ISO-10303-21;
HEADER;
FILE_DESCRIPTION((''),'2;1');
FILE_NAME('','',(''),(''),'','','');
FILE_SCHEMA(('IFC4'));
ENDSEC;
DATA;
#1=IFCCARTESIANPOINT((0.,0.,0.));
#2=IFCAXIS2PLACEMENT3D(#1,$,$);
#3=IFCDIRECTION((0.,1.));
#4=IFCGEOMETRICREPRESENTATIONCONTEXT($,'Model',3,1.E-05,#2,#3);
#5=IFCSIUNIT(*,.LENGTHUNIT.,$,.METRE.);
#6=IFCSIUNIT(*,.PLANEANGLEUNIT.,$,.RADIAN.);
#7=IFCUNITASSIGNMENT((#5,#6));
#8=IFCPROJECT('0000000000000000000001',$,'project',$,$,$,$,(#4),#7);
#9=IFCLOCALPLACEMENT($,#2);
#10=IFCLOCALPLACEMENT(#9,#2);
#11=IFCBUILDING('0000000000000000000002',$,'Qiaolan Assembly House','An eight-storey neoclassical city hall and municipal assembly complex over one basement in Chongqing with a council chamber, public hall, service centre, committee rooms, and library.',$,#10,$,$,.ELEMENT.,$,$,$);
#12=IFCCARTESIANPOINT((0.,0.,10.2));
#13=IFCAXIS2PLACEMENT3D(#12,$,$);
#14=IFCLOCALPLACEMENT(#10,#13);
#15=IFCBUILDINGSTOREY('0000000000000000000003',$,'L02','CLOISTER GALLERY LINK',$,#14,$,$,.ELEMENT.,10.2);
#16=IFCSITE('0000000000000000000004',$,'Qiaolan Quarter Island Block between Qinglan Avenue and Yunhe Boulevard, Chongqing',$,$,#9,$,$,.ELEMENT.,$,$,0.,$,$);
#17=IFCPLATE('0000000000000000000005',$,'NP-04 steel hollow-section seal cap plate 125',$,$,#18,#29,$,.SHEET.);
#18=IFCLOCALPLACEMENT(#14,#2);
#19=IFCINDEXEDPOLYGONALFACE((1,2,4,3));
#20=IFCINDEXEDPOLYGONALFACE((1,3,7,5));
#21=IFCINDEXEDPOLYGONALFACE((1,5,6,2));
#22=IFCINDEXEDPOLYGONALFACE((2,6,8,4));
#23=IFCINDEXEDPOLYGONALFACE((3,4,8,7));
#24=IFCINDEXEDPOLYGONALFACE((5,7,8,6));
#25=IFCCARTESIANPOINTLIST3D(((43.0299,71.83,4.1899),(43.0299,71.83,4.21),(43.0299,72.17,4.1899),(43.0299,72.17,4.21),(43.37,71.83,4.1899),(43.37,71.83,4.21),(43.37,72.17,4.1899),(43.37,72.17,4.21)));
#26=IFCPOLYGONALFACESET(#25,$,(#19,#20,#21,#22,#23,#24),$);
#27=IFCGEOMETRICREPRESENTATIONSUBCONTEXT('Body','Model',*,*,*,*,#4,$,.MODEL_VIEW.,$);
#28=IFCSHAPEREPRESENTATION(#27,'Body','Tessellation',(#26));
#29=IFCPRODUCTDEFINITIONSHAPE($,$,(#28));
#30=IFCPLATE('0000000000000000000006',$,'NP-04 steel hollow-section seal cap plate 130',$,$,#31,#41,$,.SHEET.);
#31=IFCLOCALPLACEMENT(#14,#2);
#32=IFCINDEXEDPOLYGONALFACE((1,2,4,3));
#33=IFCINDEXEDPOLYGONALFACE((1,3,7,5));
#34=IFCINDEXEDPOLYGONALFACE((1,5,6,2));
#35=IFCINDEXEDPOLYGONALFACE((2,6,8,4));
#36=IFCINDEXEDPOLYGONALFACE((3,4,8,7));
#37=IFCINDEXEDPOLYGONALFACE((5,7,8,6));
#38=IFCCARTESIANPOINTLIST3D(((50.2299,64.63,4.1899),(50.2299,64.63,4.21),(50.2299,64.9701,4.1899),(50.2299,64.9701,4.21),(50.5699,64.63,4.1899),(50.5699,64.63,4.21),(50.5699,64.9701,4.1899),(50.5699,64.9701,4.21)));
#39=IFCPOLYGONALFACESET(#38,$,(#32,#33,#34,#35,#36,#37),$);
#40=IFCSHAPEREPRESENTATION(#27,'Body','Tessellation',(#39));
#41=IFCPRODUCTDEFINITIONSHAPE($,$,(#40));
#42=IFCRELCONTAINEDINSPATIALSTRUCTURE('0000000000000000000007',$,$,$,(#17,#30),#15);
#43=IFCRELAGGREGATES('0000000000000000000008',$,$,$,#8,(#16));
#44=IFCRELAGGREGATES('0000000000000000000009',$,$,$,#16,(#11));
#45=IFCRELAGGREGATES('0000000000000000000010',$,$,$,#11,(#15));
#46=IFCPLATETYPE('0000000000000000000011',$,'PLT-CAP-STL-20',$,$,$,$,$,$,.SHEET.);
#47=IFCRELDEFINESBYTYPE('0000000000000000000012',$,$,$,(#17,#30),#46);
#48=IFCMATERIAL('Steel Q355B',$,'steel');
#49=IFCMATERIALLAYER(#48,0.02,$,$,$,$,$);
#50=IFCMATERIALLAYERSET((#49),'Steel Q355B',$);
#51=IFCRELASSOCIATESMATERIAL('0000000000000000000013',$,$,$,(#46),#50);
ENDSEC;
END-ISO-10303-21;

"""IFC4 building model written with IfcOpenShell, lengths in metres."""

from ifc_helpers import new_model, si_unit, direction, frame, origin, origin_2d, place, context, subcontext, project, spatial, rectangle, extrude, material, layer, layer_set, type_object, element, save


model = new_model("IFC4")

# Units and contexts
model_context = context("Model", 3, precision=1e-05, world=origin(), true_north=direction((0.0, 1.0)))
body_context = subcontext(model_context, "Body", "Model", "MODEL_VIEW")
ifc_project = project(units=[si_unit("LENGTHUNIT", "METRE"), si_unit("PLANEANGLEUNIT", "RADIAN")], contexts=[model_context])

# Site, building, storey
site_placement = place(None, origin())
site = spatial("IfcSite", under=ifc_project, at=site_placement, Name="Qiaolan Quarter Island Block between Qinglan Avenue and Yunhe Boulevard, Chongqing", CompositionType="ELEMENT", RefElevation=0.0)
building_placement = place(site_placement, origin())
building = spatial("IfcBuilding", under=site, at=building_placement, Name="Qiaolan Assembly House", Description="An eight-storey neoclassical city hall and municipal assembly complex over one basement in Chongqing with a council chamber, public hall, service centre, committee rooms, and library.", CompositionType="ELEMENT")
storey_placement = place(building_placement, frame((0.0, 0.0, 10.2)))
storey = spatial("IfcBuildingStorey", under=building, at=storey_placement, Name="L02", Description="CLOISTER GALLERY LINK", CompositionType="ELEMENT", Elevation=10.2)

# Shared definitions
ifc_material_1 = material(Name="Steel Q355B", Category="steel")

# Plates
ifc_layer = layer(ifc_material_1, 0.02)
ifc_layer_set = layer_set([ifc_layer], Name="Steel Q355B")
plate_type = type_object("IfcPlateType", Name="PLT-CAP-STL-20", PredefinedType="SHEET", material=ifc_layer_set)
for number, where, z_axis, x_axis, name in (
    (1, (43.2, 72.0, 4.1899), (0.0, 0.0, 1.0), (1.0, 0.0, 0.0), "NP-04 steel hollow-section seal cap plate 125"),
    (2, (50.3999, 64.8, 4.1899), (0.0, 0.0, 1.0), (1.0, 0.0, 0.0), "NP-04 steel hollow-section seal cap plate 130"),
):
    element("IfcPlate", number, at=place(storey_placement, frame(where, z_axis=z_axis, x_axis=x_axis)), inside=storey, type_object=plate_type, Name=name, PredefinedType="SHEET", context=body_context, shape_type="SweptSolid", body=[
        extrude(rectangle(XDim=0.3401, YDim=0.3401, at=origin_2d()), origin(), (0.0, 0.0, 1.0), 0.02),
    ])

save(model, "model.ifc")
